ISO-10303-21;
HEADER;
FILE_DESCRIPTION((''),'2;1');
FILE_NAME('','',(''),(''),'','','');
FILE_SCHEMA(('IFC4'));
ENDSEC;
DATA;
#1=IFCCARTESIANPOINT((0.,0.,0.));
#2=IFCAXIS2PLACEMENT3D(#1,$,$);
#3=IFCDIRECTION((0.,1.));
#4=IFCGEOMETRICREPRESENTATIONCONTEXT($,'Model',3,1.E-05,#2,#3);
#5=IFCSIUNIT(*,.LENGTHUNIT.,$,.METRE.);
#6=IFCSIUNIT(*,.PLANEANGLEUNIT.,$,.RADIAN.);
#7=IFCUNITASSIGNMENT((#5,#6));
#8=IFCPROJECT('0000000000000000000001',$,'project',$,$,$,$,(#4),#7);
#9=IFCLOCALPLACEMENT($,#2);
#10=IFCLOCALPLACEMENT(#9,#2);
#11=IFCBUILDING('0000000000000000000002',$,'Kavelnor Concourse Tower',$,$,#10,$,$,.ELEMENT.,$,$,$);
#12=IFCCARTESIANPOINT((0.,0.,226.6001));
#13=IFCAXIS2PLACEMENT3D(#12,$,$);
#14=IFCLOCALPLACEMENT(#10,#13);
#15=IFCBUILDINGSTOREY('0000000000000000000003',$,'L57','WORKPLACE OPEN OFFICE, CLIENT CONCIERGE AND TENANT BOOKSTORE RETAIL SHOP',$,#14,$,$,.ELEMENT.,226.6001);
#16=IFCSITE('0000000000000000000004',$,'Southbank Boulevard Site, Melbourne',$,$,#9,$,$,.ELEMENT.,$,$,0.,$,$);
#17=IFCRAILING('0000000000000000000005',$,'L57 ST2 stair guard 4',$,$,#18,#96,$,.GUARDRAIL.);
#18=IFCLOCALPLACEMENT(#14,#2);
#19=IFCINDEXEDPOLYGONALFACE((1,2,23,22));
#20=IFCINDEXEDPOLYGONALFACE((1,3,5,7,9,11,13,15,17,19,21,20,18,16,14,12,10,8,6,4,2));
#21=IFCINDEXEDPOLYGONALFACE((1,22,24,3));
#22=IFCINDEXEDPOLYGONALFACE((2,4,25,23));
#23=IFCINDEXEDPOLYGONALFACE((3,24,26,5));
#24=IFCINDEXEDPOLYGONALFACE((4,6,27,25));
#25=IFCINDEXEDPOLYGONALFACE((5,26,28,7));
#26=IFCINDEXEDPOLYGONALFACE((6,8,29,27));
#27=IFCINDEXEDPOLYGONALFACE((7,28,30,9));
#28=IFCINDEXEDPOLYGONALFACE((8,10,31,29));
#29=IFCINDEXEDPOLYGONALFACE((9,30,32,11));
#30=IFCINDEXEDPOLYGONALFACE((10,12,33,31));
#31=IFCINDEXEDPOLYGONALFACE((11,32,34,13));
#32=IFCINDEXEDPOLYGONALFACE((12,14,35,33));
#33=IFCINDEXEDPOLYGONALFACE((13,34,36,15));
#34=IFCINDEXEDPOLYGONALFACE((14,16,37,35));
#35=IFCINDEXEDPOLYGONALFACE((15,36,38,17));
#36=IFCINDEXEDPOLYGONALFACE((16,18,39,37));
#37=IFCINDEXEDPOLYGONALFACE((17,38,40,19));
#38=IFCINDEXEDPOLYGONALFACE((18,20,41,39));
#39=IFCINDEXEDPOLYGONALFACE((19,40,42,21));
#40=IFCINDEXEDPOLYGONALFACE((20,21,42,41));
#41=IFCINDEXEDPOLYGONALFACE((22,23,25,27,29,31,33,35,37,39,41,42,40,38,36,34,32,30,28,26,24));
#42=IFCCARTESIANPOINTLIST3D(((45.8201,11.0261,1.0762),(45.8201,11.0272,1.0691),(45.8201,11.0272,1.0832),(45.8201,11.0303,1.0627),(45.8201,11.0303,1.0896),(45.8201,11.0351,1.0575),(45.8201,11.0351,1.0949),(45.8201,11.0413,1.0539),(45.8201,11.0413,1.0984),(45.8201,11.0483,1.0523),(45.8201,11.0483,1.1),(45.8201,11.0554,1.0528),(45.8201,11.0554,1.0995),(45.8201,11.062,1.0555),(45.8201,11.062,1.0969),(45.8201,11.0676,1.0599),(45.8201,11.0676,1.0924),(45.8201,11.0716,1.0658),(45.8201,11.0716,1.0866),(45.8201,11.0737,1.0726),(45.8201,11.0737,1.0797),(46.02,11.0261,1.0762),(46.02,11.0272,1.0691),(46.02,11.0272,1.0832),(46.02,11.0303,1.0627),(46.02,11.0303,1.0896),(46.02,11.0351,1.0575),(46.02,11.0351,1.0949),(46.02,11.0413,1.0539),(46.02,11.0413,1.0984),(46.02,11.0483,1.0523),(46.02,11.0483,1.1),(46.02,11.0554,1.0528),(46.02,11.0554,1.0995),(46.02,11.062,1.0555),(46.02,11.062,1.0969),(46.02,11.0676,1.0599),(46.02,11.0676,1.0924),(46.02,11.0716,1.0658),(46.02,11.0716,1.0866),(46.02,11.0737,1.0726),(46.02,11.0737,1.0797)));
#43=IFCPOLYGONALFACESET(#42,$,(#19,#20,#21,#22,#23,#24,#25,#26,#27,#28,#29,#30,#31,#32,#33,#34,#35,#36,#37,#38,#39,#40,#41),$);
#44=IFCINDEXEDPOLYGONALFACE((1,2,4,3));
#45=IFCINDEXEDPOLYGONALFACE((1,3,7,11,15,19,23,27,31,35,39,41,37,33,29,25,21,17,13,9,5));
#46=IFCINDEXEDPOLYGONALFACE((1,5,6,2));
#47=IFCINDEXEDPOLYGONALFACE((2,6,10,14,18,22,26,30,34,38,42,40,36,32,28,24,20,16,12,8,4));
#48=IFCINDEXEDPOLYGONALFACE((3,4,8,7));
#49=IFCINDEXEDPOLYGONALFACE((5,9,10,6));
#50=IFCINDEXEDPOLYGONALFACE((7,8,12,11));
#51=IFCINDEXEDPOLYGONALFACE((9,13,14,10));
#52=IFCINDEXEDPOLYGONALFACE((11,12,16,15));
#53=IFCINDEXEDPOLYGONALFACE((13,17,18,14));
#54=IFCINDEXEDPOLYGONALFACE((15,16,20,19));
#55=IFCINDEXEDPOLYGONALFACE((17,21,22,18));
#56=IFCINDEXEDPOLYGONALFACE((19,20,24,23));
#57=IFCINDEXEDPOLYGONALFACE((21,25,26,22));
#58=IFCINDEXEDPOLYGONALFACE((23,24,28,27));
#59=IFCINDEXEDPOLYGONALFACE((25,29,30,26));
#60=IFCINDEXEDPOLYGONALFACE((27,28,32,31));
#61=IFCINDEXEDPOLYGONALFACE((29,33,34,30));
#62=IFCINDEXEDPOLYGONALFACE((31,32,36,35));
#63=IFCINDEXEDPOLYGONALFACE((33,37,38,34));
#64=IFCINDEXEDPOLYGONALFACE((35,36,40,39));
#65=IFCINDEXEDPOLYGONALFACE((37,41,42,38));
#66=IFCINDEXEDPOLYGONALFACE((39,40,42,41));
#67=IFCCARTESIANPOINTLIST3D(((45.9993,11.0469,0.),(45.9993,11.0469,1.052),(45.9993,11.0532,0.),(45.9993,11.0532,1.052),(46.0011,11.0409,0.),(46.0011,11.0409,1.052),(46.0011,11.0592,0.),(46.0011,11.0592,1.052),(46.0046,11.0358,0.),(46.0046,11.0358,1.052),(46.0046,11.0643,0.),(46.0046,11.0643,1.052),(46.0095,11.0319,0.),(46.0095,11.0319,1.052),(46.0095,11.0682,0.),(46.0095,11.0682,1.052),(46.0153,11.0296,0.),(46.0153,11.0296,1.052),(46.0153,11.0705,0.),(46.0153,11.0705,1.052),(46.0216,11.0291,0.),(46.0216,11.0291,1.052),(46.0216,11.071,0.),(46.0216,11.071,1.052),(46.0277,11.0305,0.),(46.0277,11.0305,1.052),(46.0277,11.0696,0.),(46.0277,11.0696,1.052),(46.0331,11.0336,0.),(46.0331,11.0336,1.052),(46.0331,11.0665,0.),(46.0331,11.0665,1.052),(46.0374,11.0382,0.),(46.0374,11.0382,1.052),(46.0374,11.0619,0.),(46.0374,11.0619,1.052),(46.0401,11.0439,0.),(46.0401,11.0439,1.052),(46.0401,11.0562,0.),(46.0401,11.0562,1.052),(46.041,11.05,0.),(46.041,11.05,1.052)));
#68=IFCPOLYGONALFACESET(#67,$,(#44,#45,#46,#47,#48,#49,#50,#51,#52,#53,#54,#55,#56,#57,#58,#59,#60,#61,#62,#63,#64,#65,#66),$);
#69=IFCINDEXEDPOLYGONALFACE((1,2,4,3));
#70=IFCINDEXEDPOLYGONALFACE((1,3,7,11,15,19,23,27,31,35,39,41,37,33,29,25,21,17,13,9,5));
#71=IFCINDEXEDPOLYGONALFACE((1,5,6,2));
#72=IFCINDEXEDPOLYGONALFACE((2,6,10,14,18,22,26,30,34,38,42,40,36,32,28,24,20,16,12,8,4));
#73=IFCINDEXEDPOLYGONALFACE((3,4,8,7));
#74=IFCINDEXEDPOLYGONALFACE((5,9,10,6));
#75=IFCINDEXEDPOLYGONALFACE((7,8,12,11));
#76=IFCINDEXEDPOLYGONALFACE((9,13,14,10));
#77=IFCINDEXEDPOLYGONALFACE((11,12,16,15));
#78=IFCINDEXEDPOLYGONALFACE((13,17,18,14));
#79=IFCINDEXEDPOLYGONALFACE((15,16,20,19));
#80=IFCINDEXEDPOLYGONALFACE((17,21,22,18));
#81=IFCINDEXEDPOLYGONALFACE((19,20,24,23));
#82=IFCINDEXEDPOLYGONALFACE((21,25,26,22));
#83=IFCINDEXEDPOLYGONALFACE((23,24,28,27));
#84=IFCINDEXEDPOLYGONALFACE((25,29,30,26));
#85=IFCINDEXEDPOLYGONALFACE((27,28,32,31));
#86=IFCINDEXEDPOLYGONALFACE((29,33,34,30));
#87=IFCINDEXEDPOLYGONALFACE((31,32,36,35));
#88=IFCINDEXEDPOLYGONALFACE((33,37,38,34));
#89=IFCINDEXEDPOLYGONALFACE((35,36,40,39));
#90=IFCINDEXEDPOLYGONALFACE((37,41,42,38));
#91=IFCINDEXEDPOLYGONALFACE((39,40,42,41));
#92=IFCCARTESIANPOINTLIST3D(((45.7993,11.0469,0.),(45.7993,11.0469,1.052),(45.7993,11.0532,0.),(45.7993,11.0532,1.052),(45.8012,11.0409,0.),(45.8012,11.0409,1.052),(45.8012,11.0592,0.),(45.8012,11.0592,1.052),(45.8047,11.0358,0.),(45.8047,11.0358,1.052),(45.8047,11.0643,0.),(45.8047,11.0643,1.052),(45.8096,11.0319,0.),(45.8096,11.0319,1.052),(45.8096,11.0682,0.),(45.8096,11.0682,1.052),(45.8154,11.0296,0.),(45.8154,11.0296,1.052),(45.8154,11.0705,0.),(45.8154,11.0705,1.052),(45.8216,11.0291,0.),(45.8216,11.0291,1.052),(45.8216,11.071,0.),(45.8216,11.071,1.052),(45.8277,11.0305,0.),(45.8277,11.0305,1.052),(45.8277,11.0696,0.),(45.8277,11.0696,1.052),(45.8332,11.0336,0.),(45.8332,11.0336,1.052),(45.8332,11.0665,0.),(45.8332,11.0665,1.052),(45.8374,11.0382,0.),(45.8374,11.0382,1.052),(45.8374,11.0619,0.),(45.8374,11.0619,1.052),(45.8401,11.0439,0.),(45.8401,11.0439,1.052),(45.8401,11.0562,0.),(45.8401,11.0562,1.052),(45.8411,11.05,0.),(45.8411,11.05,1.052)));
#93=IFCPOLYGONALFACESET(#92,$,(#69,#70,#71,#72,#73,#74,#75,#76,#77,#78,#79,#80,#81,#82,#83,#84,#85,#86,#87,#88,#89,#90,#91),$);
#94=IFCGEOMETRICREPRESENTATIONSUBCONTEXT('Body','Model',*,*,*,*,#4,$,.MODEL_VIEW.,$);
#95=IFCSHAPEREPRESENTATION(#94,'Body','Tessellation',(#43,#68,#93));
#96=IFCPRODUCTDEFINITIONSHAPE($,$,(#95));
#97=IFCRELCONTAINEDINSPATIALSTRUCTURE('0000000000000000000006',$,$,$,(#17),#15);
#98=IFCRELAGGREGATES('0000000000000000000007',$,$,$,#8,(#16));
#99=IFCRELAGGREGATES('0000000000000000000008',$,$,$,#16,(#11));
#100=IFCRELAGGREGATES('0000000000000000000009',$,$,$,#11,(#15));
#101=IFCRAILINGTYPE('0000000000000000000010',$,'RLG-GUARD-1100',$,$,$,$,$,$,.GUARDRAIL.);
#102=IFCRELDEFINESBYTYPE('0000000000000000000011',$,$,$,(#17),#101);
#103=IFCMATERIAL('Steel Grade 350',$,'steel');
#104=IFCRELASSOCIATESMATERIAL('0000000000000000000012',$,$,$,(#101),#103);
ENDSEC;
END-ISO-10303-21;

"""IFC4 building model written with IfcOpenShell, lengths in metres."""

from ifc_helpers import new_model, si_unit, direction, frame, origin, origin_2d, place, context, subcontext, project, spatial, circle, extrude, material, type_object, element, save


model = new_model("IFC4")

# Units and contexts
model_context = context("Model", 3, precision=1e-05, world=origin(), true_north=direction((0.0, 1.0)))
body_context = subcontext(model_context, "Body", "Model", "MODEL_VIEW")
ifc_project = project(units=[si_unit("LENGTHUNIT", "METRE"), si_unit("PLANEANGLEUNIT", "RADIAN")], contexts=[model_context])

# Site, building, storey
site_placement = place(None, origin())
site = spatial("IfcSite", under=ifc_project, at=site_placement, Name="Southbank Boulevard Site, Melbourne", CompositionType="ELEMENT", RefElevation=0.0)
building_placement = place(site_placement, origin())
building = spatial("IfcBuilding", under=site, at=building_placement, Name="Kavelnor Concourse Tower", CompositionType="ELEMENT")
storey_placement = place(building_placement, frame((0.0, 0.0, 226.6001)))
storey = spatial("IfcBuildingStorey", under=building, at=storey_placement, Name="L57", Description="WORKPLACE OPEN OFFICE, CLIENT CONCIERGE AND TENANT BOOKSTORE RETAIL SHOP", CompositionType="ELEMENT", Elevation=226.6001)

# Shared definitions
ifc_material_1 = material(Name="Steel Grade 350", Category="steel")

# Railing
railing_type_1 = type_object("IfcRailingType", Name="RLG-GUARD-1100", PredefinedType="GUARDRAIL", material=ifc_material_1)
railing_1_placement = place(storey_placement, frame((46.02, 11.05, 0.0)))
element("IfcRailing", 1, at=railing_1_placement, inside=storey, type_object=railing_type_1, Name="L57 ST2 stair guard 4", PredefinedType="GUARDRAIL", context=body_context, shape_type="SweptSolid", body=[
    extrude(circle(Radius=0.0239, at=origin_2d()), frame((0.0, 0.0, 1.0762), z_axis=(-1.0, 0.0, 0.0), x_axis=(0.0, -1.0, 0.0)), (0.0, 0.0, 1.0), 0.2),
    extrude(circle(Radius=0.021, at=origin_2d()), origin(), (0.0, 0.0, 1.0), 1.052),
    extrude(circle(Radius=0.021, at=origin_2d()), frame((-0.2, 0.0, 0.0)), (0.0, 0.0, 1.0), 1.052),
])

save(model, "model.ifc")
